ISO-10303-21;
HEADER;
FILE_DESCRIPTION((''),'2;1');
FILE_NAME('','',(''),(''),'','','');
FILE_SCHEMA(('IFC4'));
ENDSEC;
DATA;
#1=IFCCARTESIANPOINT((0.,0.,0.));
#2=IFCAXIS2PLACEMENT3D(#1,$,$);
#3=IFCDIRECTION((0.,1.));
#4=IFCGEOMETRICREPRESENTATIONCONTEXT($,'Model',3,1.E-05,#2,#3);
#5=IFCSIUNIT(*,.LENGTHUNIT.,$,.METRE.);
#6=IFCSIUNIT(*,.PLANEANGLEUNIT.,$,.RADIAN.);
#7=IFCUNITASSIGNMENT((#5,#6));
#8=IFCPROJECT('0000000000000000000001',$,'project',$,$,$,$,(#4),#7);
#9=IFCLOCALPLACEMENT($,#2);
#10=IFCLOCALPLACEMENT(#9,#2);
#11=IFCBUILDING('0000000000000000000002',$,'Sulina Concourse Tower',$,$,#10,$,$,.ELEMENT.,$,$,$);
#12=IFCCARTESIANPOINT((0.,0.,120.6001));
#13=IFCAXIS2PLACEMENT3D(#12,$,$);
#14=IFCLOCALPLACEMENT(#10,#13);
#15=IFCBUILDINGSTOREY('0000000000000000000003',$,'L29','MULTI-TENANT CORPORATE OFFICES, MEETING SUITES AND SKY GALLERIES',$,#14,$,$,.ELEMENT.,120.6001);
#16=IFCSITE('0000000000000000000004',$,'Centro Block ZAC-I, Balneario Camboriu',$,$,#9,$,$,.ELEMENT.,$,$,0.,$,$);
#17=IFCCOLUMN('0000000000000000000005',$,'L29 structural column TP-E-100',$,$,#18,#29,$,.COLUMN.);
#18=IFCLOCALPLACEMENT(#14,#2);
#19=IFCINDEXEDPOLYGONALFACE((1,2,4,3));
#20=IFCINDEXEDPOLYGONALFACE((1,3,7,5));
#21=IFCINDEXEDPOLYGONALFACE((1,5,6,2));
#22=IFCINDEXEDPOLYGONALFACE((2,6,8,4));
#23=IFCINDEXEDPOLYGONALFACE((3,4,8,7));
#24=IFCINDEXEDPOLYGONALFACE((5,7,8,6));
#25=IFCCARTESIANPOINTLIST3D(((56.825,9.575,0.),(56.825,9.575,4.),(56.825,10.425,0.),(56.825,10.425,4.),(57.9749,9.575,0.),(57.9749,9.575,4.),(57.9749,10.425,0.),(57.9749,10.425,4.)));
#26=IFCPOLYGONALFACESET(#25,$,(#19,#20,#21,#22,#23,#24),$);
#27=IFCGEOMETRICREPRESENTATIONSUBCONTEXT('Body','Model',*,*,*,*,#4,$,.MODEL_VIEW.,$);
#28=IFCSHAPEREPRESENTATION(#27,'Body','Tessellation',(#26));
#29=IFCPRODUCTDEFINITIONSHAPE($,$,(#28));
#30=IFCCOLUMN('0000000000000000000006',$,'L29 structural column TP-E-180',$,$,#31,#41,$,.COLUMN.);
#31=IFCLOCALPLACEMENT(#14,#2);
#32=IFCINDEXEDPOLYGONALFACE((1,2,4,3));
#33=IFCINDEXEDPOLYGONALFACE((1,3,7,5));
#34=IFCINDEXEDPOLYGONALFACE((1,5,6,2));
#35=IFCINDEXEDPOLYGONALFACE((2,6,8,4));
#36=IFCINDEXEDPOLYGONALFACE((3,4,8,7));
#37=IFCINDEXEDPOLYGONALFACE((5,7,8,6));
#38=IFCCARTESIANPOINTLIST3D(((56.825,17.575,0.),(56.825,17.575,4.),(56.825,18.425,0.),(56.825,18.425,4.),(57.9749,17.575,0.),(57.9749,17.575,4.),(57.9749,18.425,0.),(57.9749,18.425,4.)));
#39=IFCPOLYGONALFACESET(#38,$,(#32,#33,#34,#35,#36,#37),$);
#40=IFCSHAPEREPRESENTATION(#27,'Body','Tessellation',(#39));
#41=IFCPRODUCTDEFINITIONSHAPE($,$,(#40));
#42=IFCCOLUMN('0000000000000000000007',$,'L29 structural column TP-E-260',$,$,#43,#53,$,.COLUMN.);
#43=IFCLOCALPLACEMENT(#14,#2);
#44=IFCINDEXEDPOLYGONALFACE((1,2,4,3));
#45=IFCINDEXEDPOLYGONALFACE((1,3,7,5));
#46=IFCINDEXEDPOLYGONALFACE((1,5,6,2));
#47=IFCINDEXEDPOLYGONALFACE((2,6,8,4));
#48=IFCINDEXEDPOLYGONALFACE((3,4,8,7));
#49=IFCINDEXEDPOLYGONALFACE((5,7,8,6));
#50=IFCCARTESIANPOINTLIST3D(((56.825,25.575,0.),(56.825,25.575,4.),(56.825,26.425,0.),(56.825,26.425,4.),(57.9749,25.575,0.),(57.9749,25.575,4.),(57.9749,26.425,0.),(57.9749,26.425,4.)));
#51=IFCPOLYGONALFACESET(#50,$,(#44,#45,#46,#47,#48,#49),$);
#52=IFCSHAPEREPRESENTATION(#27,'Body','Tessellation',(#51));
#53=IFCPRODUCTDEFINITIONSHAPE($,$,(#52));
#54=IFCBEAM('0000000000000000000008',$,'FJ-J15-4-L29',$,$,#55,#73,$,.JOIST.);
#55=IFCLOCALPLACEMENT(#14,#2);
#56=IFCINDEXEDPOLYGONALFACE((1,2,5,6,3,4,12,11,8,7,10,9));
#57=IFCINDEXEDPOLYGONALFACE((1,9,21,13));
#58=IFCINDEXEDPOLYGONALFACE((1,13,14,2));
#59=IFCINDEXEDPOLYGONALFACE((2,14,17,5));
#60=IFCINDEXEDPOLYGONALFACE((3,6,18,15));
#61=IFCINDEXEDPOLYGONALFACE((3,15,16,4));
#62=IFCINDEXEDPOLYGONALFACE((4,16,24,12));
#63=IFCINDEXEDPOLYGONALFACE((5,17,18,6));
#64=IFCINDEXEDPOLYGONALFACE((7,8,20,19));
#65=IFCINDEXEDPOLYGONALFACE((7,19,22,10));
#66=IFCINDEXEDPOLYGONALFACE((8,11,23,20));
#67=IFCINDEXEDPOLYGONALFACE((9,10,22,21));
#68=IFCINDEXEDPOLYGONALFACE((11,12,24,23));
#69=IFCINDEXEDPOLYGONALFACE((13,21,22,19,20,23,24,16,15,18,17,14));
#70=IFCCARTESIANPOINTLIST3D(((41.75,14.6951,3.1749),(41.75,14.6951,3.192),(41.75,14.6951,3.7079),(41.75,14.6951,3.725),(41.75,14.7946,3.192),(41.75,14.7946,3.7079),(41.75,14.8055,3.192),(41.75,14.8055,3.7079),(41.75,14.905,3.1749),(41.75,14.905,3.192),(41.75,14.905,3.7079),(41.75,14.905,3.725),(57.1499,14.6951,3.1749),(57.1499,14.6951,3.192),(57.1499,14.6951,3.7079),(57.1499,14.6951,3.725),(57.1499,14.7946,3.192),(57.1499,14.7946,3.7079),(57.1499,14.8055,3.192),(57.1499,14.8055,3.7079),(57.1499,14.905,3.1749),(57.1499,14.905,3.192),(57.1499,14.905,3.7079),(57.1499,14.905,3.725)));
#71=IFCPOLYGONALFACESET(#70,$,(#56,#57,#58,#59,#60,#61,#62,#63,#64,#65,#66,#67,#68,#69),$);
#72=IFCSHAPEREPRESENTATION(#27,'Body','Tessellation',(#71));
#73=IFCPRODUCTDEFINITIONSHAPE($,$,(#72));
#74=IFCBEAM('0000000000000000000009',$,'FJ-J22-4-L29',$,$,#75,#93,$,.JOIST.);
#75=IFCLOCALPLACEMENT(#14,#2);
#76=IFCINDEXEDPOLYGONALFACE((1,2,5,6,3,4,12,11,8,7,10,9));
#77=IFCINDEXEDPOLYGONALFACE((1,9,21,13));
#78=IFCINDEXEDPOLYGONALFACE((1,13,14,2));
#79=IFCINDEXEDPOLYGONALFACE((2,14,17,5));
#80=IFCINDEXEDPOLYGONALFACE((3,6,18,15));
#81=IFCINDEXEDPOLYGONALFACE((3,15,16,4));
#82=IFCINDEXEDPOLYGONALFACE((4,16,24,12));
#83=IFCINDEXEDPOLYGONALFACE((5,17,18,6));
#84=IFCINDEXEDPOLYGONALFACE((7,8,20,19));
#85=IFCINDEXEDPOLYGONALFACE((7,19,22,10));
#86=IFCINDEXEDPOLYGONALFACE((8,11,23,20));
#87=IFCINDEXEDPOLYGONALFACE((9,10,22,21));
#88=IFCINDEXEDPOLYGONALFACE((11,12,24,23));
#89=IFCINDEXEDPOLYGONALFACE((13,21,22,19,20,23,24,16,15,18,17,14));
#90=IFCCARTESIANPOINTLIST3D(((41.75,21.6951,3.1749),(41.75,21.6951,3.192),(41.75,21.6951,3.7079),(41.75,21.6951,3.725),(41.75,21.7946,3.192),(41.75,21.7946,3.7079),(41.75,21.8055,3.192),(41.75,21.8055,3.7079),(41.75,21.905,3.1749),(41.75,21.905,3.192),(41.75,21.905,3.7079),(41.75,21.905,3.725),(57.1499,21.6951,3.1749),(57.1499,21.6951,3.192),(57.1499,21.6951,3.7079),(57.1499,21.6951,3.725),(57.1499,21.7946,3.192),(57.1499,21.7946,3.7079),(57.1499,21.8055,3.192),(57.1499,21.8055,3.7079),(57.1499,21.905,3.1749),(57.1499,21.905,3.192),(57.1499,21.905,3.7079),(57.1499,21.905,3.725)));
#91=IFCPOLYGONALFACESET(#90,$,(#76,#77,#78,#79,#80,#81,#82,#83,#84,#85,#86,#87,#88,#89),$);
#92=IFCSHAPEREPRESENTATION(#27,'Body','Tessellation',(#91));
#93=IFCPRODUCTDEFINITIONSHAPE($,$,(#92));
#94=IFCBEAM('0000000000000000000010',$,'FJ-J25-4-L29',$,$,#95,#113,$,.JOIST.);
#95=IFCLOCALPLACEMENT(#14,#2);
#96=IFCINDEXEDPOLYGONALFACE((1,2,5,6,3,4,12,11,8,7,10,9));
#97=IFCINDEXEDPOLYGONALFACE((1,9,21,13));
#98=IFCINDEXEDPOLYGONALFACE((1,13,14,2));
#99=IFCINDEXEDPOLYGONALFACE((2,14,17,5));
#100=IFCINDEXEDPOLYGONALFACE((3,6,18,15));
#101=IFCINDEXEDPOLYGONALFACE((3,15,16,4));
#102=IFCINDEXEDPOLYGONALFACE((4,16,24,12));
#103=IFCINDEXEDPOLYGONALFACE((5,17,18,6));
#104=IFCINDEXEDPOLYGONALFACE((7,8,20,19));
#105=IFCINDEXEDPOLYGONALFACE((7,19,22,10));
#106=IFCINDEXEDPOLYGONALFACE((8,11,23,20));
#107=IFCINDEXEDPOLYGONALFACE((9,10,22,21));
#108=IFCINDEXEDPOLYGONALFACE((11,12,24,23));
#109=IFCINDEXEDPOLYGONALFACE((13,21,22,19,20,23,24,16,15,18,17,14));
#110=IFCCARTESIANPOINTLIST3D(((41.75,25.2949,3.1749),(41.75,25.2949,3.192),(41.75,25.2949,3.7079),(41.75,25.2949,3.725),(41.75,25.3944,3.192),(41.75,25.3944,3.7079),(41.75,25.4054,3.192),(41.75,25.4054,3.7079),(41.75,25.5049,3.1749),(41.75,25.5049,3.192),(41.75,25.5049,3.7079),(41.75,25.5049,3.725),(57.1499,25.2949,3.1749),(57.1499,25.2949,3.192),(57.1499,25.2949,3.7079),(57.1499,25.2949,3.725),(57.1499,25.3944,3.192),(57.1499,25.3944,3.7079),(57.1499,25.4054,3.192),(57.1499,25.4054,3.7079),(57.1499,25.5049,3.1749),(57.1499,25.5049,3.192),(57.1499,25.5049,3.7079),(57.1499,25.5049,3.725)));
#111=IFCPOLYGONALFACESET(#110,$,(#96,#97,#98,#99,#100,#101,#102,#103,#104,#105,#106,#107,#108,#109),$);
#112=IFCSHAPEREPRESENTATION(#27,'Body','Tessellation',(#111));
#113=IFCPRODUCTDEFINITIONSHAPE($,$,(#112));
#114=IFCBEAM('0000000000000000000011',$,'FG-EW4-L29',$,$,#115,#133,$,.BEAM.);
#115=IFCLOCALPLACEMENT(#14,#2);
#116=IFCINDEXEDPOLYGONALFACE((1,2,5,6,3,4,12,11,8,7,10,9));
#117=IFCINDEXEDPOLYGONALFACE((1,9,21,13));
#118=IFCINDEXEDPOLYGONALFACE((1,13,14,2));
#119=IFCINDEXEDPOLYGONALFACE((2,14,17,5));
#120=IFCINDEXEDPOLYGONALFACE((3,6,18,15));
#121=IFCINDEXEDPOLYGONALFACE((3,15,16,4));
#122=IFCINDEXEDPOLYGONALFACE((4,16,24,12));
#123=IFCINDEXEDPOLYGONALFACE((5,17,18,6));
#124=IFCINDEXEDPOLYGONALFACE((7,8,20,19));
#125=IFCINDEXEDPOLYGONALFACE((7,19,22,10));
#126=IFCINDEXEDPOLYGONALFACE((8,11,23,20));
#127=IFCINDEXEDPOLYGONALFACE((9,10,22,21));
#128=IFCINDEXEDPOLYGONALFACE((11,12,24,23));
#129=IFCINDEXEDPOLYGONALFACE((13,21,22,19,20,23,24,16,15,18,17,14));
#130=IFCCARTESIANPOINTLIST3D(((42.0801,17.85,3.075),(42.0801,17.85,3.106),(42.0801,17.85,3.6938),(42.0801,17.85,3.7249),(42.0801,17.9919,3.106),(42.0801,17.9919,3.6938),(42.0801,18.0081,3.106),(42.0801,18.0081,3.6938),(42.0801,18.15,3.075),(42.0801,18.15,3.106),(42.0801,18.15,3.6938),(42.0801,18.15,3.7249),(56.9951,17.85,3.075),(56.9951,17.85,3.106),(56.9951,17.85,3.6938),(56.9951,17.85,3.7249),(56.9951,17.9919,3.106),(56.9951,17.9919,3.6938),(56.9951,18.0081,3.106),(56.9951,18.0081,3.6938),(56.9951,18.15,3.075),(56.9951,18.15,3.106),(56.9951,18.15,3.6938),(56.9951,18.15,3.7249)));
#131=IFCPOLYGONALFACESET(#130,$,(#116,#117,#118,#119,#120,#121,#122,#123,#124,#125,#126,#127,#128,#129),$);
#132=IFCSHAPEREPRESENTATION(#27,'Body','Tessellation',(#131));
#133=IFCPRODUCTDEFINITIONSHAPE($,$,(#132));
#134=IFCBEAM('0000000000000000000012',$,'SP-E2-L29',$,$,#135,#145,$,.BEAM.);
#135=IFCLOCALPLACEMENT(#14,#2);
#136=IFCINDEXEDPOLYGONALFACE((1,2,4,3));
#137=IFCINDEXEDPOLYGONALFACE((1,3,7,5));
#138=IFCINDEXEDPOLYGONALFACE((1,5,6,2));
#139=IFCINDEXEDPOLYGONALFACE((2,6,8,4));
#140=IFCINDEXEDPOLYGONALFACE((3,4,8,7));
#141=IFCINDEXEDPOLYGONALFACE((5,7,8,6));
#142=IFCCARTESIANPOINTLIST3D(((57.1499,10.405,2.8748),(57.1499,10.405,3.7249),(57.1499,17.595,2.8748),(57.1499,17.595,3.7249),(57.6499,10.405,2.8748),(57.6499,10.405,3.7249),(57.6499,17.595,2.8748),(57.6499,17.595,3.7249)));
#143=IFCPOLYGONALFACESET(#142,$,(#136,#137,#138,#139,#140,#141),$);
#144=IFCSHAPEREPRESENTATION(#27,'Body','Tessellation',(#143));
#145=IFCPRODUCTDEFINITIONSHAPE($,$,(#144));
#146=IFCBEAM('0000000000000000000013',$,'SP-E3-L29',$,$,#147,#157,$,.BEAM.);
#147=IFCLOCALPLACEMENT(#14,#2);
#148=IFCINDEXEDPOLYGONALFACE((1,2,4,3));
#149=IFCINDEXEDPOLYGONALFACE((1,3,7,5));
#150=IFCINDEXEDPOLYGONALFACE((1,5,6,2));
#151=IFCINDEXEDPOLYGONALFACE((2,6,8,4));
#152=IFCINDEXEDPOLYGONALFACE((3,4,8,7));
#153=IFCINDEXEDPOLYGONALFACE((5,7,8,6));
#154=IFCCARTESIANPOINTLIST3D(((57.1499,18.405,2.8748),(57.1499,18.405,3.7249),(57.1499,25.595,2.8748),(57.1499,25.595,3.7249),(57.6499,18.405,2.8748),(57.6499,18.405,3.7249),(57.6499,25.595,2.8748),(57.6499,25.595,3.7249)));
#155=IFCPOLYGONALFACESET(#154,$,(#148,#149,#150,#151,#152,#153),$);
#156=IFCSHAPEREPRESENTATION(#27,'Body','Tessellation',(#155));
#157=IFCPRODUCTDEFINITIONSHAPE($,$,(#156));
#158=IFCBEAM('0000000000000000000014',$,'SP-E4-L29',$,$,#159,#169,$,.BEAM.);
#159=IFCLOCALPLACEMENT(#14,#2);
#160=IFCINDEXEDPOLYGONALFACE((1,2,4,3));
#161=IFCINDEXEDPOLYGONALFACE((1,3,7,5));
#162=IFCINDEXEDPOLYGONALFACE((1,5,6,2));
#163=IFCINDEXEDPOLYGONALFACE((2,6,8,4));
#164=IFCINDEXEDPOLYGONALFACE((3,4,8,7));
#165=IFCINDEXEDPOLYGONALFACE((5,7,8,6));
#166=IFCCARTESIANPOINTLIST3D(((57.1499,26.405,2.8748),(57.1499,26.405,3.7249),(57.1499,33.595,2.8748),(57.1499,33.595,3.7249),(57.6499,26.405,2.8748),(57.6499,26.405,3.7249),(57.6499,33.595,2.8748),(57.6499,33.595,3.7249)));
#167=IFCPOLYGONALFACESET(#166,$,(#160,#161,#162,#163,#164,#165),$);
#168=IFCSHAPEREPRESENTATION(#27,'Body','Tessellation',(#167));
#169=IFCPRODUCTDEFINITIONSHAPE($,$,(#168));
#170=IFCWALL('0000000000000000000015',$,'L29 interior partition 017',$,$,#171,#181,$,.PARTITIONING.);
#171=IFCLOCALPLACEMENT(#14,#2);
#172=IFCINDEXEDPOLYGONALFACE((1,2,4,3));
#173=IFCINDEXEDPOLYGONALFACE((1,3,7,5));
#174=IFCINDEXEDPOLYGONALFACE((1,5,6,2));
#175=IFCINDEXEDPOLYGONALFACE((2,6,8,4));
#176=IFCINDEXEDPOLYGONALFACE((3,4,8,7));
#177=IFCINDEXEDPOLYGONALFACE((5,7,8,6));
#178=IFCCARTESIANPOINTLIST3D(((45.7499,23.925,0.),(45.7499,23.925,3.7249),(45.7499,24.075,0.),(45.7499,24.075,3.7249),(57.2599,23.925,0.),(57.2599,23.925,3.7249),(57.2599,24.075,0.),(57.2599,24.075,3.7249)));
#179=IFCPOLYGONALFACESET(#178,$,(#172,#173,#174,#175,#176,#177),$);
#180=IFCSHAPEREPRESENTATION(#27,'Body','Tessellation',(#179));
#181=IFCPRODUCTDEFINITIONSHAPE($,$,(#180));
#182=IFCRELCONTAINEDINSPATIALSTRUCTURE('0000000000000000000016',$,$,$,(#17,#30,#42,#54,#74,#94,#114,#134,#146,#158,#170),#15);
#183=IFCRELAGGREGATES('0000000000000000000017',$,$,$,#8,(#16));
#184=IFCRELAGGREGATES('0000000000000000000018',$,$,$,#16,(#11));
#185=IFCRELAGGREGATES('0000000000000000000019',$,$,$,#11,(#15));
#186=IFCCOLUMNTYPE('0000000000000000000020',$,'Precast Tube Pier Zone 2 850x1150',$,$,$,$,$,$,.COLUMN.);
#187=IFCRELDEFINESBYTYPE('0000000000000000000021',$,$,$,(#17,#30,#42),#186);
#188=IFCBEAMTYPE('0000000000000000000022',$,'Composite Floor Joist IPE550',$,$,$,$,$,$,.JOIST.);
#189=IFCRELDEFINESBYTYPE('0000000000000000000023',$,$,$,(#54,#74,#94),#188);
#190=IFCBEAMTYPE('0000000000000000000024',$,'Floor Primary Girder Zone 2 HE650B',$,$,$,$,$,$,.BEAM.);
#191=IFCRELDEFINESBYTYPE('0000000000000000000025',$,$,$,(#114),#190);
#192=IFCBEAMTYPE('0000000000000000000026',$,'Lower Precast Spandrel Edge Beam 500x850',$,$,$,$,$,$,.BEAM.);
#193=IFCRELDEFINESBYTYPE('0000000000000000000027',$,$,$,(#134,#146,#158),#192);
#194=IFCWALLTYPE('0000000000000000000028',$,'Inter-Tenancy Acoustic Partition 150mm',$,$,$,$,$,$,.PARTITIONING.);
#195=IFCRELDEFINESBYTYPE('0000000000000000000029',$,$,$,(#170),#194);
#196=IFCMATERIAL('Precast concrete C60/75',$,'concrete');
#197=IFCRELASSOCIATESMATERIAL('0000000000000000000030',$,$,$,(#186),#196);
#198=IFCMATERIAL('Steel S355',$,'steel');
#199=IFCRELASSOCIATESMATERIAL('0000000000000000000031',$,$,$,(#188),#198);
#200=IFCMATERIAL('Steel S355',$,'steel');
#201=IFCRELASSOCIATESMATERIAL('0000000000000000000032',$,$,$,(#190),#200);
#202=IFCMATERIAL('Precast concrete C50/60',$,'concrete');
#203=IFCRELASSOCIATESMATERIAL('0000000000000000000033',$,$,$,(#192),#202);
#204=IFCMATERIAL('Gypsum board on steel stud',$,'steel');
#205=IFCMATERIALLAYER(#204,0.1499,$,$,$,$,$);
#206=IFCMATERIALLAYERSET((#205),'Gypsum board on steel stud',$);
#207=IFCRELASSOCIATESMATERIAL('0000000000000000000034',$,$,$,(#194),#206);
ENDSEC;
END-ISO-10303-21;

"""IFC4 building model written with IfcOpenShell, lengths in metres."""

from ifc_helpers import new_model, si_unit, direction, frame, frame_2d, origin, origin_2d, place, context, subcontext, project, spatial, rectangle, i_section, extrude, material, layer, layer_set, material_profile, profile_set, type_object, element, save


model = new_model("IFC4")

# Units and contexts
model_context = context("Model", 3, precision=1e-05, world=origin(), true_north=direction((0.0, 1.0)))
body_context = subcontext(model_context, "Body", "Model", "MODEL_VIEW")
ifc_project = project(units=[si_unit("LENGTHUNIT", "METRE"), si_unit("PLANEANGLEUNIT", "RADIAN")], contexts=[model_context])

# Site, building, storey
site_placement = place(None, origin())
site = spatial("IfcSite", under=ifc_project, at=site_placement, Name="Centro Block ZAC-I, Balneario Camboriu", CompositionType="ELEMENT", RefElevation=0.0)
building_placement = place(site_placement, origin())
building = spatial("IfcBuilding", under=site, at=building_placement, Name="Sulina Concourse Tower", CompositionType="ELEMENT")
storey_placement = place(building_placement, frame((0.0, 0.0, 120.6001)))
storey = spatial("IfcBuildingStorey", under=building, at=storey_placement, Name="L29", Description="MULTI-TENANT CORPORATE OFFICES, MEETING SUITES AND SKY GALLERIES", CompositionType="ELEMENT", Elevation=120.6001)

# Columns
ifc_material_1 = material(Name="Precast concrete C60/75", Category="concrete")
ifc_material_profile_1 = material_profile(ifc_material_1, rectangle(XDim=0.8501, YDim=1.1499, at=origin_2d()), Name="PC 850x1150")
ifc_profile_set_1 = profile_set([ifc_material_profile_1], Name="Precast concrete C60/75")
column_type = type_object("IfcColumnType", Name="Precast Tube Pier Zone 2 850x1150", PredefinedType="COLUMN", material=ifc_profile_set_1)
for number, where, z_axis, x_axis, name in (
    (1, (57.3999, 10.0, 0.0), (0.0, 0.0, 1.0), (0.0, 1.0, 0.0), "L29 structural column TP-E-100"),
    (2, (57.3999, 18.0, 0.0), (0.0, 0.0, 1.0), (0.0, 1.0, 0.0), "L29 structural column TP-E-180"),
    (3, (57.3999, 26.0, 0.0), (0.0, 0.0, 1.0), (0.0, 1.0, 0.0), "L29 structural column TP-E-260"),
):
    element("IfcColumn", number, at=place(storey_placement, frame(where, z_axis=z_axis, x_axis=x_axis)), inside=storey, type_object=column_type, Name=name, PredefinedType="COLUMN", context=body_context, shape_type="SweptSolid", body=[
        extrude(rectangle(XDim=0.8501, YDim=1.1499, at=origin_2d()), origin(), (0.0, 0.0, 1.0), 4.0),
    ])

# Beams
ifc_material_2 = material(Name="Steel S355", Category="steel")
ifc_material_profile_2 = material_profile(ifc_material_2, i_section(OverallWidth=0.21, OverallDepth=0.55, WebThickness=0.011, FlangeThickness=0.0171, at=origin_2d()), Name="IPE 550")
ifc_profile_set_2 = profile_set([ifc_material_profile_2], Name="Steel S355")
beam_type_1 = type_object("IfcBeamType", Name="Composite Floor Joist IPE550", PredefinedType="JOIST", material=ifc_profile_set_2)
for number, where, z_axis, x_axis, name in (
    (4, (41.75, 14.8, 3.45), (1.0, 0.0, 0.0), (0.0, 1.0, 0.0), "FJ-J15-4-L29"),
    (5, (41.75, 21.8, 3.45), (1.0, 0.0, 0.0), (0.0, 1.0, 0.0), "FJ-J22-4-L29"),
    (6, (41.75, 25.3999, 3.45), (1.0, 0.0, 0.0), (0.0, 1.0, 0.0), "FJ-J25-4-L29"),
):
    element("IfcBeam", number, at=place(storey_placement, frame(where, z_axis=z_axis, x_axis=x_axis)), inside=storey, type_object=beam_type_1, Name=name, PredefinedType="JOIST", context=body_context, shape_type="SweptSolid", body=[
        extrude(i_section(OverallWidth=0.21, OverallDepth=0.55, WebThickness=0.011, FlangeThickness=0.0171, at=origin_2d()), origin(), (0.0, 0.0, 1.0), 15.3999),
    ])
ifc_material_3 = material(Name="Steel S355", Category="steel")
ifc_material_profile_3 = material_profile(ifc_material_3, i_section(OverallWidth=0.3, OverallDepth=0.6499, WebThickness=0.0161, FlangeThickness=0.031, at=origin_2d()), Name="HE 650 B")
ifc_profile_set_3 = profile_set([ifc_material_profile_3], Name="Steel S355")
beam_type_2 = type_object("IfcBeamType", Name="Floor Primary Girder Zone 2 HE650B", PredefinedType="BEAM", material=ifc_profile_set_3)
beam_placement = place(storey_placement, frame((42.0801, 18.0, 3.3999), z_axis=(1.0, 0.0, 0.0), x_axis=(0.0, 1.0, 0.0)))
element("IfcBeam", 7, at=beam_placement, inside=storey, type_object=beam_type_2, Name="FG-EW4-L29", PredefinedType="BEAM", context=body_context, shape_type="SweptSolid", body=[
    extrude(i_section(OverallWidth=0.3, OverallDepth=0.6499, WebThickness=0.0161, FlangeThickness=0.031, at=origin_2d()), origin(), (0.0, 0.0, 1.0), 14.915),
])
ifc_material_4 = material(Name="Precast concrete C50/60", Category="concrete")
ifc_material_profile_4 = material_profile(ifc_material_4, rectangle(XDim=0.5, YDim=0.8501, at=origin_2d()), Name="RC 500x850")
ifc_profile_set_4 = profile_set([ifc_material_profile_4], Name="Precast concrete C50/60")
beam_type_3 = type_object("IfcBeamType", Name="Lower Precast Spandrel Edge Beam 500x850", PredefinedType="BEAM", material=ifc_profile_set_4)
for number, where, z_axis, x_axis, name in (
    (8, (57.3999, 10.405, 3.2998), (0.0, 1.0, 0.0), (-1.0, 0.0, 0.0), "SP-E2-L29"),
    (9, (57.3999, 18.405, 3.2998), (0.0, 1.0, 0.0), (-1.0, 0.0, 0.0), "SP-E3-L29"),
    (10, (57.3999, 26.405, 3.2998), (0.0, 1.0, 0.0), (-1.0, 0.0, 0.0), "SP-E4-L29"),
):
    element("IfcBeam", number, at=place(storey_placement, frame(where, z_axis=z_axis, x_axis=x_axis)), inside=storey, type_object=beam_type_3, Name=name, PredefinedType="BEAM", context=body_context, shape_type="SweptSolid", body=[
        extrude(rectangle(XDim=0.5, YDim=0.8501, at=origin_2d()), origin(), (0.0, 0.0, 1.0), 7.1899),
    ])

# Wall
ifc_material_5 = material(Name="Gypsum board on steel stud", Category="steel")
ifc_layer_1 = layer(ifc_material_5, 0.1499)
ifc_layer_set_1 = layer_set([ifc_layer_1], Name="Gypsum board on steel stud")
wall_type_1 = type_object("IfcWallType", Name="Inter-Tenancy Acoustic Partition 150mm", PredefinedType="PARTITIONING", material=ifc_layer_set_1)
wall_1_placement = place(storey_placement, frame((45.75, 24.0, 0.0), z_axis=(0.0, 0.0, 1.0), x_axis=(1.0, 0.0, 0.0)))
element("IfcWall", 11, at=wall_1_placement, inside=storey, type_object=wall_type_1, Name="L29 interior partition 017", PredefinedType="PARTITIONING", context=body_context, shape_type="SweptSolid", body=[
    extrude(rectangle(XDim=11.51, YDim=0.1499, at=frame_2d((5.7549, 0.0))), origin(), (0.0, 0.0, 1.0), 3.7249),
])

save(model, "model.ifc")
